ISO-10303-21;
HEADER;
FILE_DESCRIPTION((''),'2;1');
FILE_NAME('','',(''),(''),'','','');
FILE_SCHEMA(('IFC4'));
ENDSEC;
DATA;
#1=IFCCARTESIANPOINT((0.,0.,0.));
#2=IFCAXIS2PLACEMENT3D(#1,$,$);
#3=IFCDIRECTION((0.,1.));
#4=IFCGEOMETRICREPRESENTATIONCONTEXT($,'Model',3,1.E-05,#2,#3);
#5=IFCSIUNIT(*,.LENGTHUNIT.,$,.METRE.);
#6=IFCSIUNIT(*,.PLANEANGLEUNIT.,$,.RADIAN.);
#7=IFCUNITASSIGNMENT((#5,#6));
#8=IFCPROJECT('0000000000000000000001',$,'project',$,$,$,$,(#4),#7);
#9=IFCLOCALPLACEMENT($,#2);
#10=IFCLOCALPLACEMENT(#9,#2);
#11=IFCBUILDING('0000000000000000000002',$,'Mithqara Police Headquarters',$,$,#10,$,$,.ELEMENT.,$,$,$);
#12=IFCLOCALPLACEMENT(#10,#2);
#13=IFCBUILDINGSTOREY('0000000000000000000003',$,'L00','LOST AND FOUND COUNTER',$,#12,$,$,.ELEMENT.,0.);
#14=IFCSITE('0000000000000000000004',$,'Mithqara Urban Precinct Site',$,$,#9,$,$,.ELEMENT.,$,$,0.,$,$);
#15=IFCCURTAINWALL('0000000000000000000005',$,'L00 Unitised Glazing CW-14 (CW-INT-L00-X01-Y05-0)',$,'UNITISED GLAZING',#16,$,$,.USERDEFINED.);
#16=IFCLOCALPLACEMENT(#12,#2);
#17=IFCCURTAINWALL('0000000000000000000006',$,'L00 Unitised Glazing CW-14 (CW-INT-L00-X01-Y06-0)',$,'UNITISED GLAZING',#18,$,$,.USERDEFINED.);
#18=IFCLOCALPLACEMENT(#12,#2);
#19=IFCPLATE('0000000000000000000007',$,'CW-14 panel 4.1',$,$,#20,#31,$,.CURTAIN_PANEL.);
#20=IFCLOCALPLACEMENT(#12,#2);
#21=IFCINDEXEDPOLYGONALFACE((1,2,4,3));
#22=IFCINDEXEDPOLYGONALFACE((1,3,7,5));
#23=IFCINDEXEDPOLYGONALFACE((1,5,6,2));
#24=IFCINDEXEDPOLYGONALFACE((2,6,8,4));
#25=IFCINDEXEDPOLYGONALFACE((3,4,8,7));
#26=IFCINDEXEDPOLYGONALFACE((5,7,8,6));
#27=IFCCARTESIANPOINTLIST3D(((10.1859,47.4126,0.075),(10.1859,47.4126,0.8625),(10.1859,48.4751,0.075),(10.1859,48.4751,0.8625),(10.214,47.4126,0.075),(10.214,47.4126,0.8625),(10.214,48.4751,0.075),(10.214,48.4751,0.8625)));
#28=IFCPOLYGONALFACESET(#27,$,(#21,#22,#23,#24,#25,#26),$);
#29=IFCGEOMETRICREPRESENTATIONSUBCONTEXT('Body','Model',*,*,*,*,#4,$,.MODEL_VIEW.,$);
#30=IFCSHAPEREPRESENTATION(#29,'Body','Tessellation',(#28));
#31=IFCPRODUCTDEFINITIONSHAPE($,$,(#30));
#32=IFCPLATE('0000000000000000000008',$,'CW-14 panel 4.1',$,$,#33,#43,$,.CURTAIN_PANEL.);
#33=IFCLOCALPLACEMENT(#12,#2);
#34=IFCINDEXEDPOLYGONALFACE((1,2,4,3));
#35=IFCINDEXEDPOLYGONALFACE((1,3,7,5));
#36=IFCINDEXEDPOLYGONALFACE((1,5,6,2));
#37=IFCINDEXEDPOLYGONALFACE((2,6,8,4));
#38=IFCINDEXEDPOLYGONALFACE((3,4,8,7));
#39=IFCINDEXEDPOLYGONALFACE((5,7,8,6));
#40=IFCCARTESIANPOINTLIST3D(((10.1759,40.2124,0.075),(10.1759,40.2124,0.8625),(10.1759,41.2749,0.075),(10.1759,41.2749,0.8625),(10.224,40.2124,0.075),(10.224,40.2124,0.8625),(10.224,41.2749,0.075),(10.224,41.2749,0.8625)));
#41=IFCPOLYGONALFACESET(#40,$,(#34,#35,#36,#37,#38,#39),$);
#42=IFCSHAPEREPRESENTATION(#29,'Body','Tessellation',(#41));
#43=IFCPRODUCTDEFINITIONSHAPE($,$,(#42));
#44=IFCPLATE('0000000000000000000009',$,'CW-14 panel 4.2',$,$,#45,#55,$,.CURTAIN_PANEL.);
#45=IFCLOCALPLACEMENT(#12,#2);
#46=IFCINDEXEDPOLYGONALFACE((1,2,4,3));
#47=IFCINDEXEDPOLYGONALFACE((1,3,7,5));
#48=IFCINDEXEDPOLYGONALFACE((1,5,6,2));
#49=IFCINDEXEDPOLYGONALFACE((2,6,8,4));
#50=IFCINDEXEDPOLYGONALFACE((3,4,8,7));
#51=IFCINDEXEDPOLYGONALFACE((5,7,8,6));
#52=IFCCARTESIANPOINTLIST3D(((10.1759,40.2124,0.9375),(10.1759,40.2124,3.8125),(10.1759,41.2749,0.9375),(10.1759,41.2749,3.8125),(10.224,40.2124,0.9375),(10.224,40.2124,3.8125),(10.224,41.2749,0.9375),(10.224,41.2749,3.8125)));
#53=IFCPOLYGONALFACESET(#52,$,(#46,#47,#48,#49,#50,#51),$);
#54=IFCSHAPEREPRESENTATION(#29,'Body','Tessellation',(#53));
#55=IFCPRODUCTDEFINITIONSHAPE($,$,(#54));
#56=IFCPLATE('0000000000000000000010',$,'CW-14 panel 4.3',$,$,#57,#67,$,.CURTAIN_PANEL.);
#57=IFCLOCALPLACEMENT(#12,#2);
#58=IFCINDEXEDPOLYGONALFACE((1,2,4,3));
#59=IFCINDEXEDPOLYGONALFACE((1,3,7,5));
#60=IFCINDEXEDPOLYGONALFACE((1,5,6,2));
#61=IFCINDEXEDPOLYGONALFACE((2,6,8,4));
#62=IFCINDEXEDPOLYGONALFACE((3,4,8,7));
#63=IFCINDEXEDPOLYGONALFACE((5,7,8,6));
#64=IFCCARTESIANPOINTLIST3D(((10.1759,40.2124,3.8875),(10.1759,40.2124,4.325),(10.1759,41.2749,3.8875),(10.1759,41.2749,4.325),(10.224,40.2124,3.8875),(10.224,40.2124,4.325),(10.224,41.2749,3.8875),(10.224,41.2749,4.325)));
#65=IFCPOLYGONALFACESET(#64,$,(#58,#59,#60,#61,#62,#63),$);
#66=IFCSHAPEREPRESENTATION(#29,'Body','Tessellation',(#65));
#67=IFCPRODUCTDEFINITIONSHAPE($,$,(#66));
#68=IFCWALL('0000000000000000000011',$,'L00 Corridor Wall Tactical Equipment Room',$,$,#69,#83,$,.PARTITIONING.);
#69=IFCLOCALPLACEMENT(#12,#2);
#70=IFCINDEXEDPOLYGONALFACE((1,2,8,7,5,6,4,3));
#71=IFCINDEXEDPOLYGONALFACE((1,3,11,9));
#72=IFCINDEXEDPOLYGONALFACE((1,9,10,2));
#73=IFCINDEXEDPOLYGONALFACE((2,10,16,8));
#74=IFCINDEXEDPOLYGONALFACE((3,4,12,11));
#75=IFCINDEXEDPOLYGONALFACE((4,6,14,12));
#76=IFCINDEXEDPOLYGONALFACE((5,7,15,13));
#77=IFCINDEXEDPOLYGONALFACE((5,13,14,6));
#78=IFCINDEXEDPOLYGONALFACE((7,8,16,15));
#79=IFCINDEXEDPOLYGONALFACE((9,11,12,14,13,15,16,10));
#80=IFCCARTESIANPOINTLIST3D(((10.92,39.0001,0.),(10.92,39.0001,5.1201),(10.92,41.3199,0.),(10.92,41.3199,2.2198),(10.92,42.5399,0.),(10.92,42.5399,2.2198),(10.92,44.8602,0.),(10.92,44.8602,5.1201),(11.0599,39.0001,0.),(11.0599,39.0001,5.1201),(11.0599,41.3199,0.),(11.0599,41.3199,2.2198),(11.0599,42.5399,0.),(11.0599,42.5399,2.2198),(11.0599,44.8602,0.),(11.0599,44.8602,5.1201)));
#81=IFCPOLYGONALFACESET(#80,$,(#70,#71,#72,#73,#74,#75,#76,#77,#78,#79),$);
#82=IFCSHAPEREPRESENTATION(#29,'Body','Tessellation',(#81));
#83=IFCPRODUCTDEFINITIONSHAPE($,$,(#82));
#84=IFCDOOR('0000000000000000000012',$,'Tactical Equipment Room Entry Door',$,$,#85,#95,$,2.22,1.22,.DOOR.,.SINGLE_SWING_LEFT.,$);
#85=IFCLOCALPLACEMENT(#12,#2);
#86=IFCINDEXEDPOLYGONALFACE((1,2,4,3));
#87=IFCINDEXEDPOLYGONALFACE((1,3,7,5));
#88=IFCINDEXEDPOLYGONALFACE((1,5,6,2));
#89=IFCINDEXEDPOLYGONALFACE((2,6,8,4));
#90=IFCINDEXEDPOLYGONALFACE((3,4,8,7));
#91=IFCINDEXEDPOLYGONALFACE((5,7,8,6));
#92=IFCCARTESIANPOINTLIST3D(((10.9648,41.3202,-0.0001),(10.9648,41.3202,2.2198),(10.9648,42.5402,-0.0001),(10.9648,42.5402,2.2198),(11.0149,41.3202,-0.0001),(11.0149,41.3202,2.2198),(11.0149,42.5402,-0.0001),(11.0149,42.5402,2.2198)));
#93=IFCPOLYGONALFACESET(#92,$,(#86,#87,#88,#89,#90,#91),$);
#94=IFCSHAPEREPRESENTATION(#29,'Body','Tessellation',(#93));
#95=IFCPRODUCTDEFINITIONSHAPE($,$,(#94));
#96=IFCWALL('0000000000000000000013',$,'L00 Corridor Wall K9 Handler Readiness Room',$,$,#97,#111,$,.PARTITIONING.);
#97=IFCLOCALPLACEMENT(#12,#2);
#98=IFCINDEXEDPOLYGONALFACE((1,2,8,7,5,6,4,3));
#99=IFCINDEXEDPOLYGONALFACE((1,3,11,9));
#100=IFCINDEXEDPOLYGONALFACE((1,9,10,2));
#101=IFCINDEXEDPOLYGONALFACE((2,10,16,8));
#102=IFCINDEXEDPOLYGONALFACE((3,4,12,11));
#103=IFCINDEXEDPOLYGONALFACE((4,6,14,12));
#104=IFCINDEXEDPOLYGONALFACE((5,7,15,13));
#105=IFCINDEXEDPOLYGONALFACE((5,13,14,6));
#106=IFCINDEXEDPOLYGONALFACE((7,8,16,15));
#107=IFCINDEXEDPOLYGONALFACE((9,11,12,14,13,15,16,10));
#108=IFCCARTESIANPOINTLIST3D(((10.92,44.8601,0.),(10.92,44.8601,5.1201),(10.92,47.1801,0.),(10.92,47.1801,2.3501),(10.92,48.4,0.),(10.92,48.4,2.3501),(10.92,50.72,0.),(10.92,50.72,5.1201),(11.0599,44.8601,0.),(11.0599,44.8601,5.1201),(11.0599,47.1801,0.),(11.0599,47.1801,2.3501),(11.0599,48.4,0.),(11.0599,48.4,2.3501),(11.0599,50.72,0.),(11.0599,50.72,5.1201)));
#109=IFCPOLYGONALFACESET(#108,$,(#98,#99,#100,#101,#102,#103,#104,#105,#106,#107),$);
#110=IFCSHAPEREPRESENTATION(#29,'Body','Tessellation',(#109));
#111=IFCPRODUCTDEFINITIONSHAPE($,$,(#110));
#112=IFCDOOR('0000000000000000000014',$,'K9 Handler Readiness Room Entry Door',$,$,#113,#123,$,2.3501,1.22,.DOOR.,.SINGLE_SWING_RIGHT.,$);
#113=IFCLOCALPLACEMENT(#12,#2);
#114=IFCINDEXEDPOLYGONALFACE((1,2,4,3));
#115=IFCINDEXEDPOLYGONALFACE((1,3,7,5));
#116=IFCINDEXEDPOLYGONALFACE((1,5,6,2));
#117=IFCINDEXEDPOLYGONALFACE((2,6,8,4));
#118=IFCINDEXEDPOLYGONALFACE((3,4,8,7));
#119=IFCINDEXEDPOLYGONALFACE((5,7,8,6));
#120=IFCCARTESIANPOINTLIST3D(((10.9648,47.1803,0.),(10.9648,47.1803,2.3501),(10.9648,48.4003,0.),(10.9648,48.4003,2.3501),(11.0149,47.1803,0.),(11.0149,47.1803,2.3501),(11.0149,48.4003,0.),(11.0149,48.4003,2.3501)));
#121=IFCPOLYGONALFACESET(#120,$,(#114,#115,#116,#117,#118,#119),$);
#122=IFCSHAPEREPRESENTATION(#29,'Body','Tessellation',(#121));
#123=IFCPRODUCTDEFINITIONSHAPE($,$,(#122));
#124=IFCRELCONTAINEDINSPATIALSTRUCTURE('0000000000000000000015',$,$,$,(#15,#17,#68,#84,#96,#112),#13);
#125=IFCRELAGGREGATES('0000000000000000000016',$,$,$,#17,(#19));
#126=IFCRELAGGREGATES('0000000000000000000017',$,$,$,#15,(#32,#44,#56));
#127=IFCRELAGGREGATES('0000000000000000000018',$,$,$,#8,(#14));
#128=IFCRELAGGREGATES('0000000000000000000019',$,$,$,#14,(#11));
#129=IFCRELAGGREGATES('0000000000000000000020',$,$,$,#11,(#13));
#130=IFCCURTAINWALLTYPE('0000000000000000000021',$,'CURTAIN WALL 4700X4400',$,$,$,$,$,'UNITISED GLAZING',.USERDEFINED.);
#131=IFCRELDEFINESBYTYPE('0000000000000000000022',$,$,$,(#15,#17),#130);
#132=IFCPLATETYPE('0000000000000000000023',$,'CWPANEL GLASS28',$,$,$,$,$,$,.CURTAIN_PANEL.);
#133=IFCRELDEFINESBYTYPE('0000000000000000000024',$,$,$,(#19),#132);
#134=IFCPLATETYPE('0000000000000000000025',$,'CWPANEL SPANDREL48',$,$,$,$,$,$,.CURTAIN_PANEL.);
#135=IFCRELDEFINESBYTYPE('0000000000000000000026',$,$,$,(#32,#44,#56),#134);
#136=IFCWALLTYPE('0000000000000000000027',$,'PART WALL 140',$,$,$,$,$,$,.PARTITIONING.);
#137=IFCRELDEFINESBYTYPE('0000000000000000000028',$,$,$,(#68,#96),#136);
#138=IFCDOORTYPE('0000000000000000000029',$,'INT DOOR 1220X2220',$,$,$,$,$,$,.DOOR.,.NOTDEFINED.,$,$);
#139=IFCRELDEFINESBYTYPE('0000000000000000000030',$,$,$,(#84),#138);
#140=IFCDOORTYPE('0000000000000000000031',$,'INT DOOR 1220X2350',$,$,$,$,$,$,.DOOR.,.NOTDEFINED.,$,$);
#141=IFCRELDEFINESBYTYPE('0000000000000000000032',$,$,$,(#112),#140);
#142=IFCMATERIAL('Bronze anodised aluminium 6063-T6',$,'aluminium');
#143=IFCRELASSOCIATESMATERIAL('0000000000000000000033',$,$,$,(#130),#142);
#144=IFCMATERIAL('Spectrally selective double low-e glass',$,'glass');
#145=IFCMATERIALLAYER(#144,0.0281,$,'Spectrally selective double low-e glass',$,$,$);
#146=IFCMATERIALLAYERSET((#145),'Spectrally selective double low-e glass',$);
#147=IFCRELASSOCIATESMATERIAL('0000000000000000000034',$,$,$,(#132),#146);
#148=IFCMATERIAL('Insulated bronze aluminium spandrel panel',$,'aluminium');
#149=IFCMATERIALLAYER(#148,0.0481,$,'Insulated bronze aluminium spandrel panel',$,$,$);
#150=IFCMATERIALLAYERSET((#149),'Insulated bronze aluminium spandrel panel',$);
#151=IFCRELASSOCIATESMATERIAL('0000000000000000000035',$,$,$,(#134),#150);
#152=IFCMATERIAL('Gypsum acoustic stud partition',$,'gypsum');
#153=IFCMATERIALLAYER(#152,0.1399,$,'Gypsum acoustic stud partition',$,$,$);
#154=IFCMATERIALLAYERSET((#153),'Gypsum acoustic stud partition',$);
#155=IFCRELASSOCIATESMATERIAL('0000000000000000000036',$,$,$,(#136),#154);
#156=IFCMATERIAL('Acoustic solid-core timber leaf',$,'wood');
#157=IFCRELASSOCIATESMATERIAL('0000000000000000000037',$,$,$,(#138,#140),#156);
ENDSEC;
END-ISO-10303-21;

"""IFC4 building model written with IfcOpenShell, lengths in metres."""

from ifc_helpers import new_model, si_unit, direction, frame, frame_2d, origin, origin_2d, place, context, subcontext, project, spatial, rectangle, extrude, material, layer, layer_set, type_object, element, fill, aggregate, save


model = new_model("IFC4")

# Units and contexts
model_context = context("Model", 3, precision=1e-05, world=origin(), true_north=direction((0.0, 1.0)))
body_context = subcontext(model_context, "Body", "Model", "MODEL_VIEW")
ifc_project = project(units=[si_unit("LENGTHUNIT", "METRE"), si_unit("PLANEANGLEUNIT", "RADIAN")], contexts=[model_context])

# Site, building, storey
site_placement = place(None, origin())
site = spatial("IfcSite", under=ifc_project, at=site_placement, Name="Mithqara Urban Precinct Site", CompositionType="ELEMENT", RefElevation=0.0)
building_placement = place(site_placement, origin())
building = spatial("IfcBuilding", under=site, at=building_placement, Name="Mithqara Police Headquarters", CompositionType="ELEMENT")
storey_placement = place(building_placement, origin())
storey = spatial("IfcBuildingStorey", under=building, at=storey_placement, Name="L00", Description="LOST AND FOUND COUNTER", CompositionType="ELEMENT", Elevation=0.0)

# Curtain wall
ifc_material_1 = material(Name="Bronze anodised aluminium 6063-T6", Category="aluminium")
curtain_wall_type = type_object("IfcCurtainWallType", Name="CURTAIN WALL 4700X4400", ElementType="UNITISED GLAZING", PredefinedType="USERDEFINED", material=ifc_material_1)
curtain_wall_1_placement = place(storey_placement, origin())
curtain_wall_1 = element("IfcCurtainWall", 1, at=curtain_wall_1_placement, inside=storey, type_object=curtain_wall_type, Name="L00 Unitised Glazing CW-14 (CW-INT-L00-X01-Y05-0)", ObjectType="UNITISED GLAZING", PredefinedType="USERDEFINED")

# Curtain wall, plate
curtain_wall_2_placement = place(storey_placement, origin())
curtain_wall_2 = element("IfcCurtainWall", 2, at=curtain_wall_2_placement, inside=storey, type_object=curtain_wall_type, Name="L00 Unitised Glazing CW-14 (CW-INT-L00-X01-Y06-0)", ObjectType="UNITISED GLAZING", PredefinedType="USERDEFINED")
ifc_material_2 = material(Name="Spectrally selective double low-e glass", Category="glass")
ifc_layer_1 = layer(ifc_material_2, 0.0281, Name="Spectrally selective double low-e glass")
ifc_layer_set_1 = layer_set([ifc_layer_1], Name="Spectrally selective double low-e glass")
plate_type_1 = type_object("IfcPlateType", Name="CWPANEL GLASS28", PredefinedType="CURTAIN_PANEL", material=ifc_layer_set_1)
plate_1_placement = place(storey_placement, frame((10.2, 47.9438, 0.075), z_axis=(0.0, 0.0, 1.0), x_axis=(0.0, 1.0, 0.0)))
plate_1 = element("IfcPlate", 3, at=plate_1_placement, type_object=plate_type_1, Name="CW-14 panel 4.1", PredefinedType="CURTAIN_PANEL", context=body_context, shape_type="SweptSolid", body=[
    extrude(rectangle(XDim=1.0625, YDim=0.0281, at=origin_2d()), origin(), (0.0, 0.0, 1.0), 0.7876),
])
aggregate(curtain_wall_2, [plate_1])

# Plates
ifc_material_3 = material(Name="Insulated bronze aluminium spandrel panel", Category="aluminium")
ifc_layer_2 = layer(ifc_material_3, 0.0481, Name="Insulated bronze aluminium spandrel panel")
ifc_layer_set_2 = layer_set([ifc_layer_2], Name="Insulated bronze aluminium spandrel panel")
plate_type_2 = type_object("IfcPlateType", Name="CWPANEL SPANDREL48", PredefinedType="CURTAIN_PANEL", material=ifc_layer_set_2)
plate_2_placement = place(storey_placement, frame((10.2, 40.7437, 0.075), z_axis=(0.0, 0.0, 1.0), x_axis=(0.0, 1.0, 0.0)))
plate_2 = element("IfcPlate", 4, at=plate_2_placement, type_object=plate_type_2, Name="CW-14 panel 4.1", PredefinedType="CURTAIN_PANEL", context=body_context, shape_type="SweptSolid", body=[
    extrude(rectangle(XDim=1.0625, YDim=0.0481, at=origin_2d()), origin(), (0.0, 0.0, 1.0), 0.7876),
])
plate_3_placement = place(storey_placement, frame((10.2, 40.7437, 0.9375), z_axis=(0.0, 0.0, 1.0), x_axis=(0.0, 1.0, 0.0)))
plate_3 = element("IfcPlate", 5, at=plate_3_placement, type_object=plate_type_2, Name="CW-14 panel 4.2", PredefinedType="CURTAIN_PANEL", context=body_context, shape_type="SweptSolid", body=[
    extrude(rectangle(XDim=1.0625, YDim=0.0481, at=origin_2d()), origin(), (0.0, 0.0, 1.0), 2.875),
])
plate_4_placement = place(storey_placement, frame((10.2, 40.7437, 3.8875), z_axis=(0.0, 0.0, 1.0), x_axis=(0.0, 1.0, 0.0)))
plate_4 = element("IfcPlate", 6, at=plate_4_placement, type_object=plate_type_2, Name="CW-14 panel 4.3", PredefinedType="CURTAIN_PANEL", context=body_context, shape_type="SweptSolid", body=[
    extrude(rectangle(XDim=1.0625, YDim=0.0481, at=origin_2d()), origin(), (0.0, 0.0, 1.0), 0.4375),
])
aggregate(curtain_wall_1, [plate_2, plate_3, plate_4])

# Walls, openings, doors
ifc_material_4 = material(Name="Gypsum acoustic stud partition", Category="gypsum")
ifc_layer_3 = layer(ifc_material_4, 0.1399, Name="Gypsum acoustic stud partition")
ifc_layer_set_3 = layer_set([ifc_layer_3], Name="Gypsum acoustic stud partition")
wall_type = type_object("IfcWallType", Name="PART WALL 140", PredefinedType="PARTITIONING", material=ifc_layer_set_3)
wall_1_placement = place(storey_placement, frame((10.99, 39.0, 0.0), z_axis=(0.0, 0.0, 1.0), x_axis=(0.0, 1.0, 0.0)))
wall_1 = element("IfcWall", 7, at=wall_1_placement, inside=storey, type_object=wall_type, Name="L00 Corridor Wall Tactical Equipment Room", PredefinedType="PARTITIONING", context=body_context, shape_type="SweptSolid", body=[
    extrude(rectangle(XDim=5.8601, YDim=0.1399, at=frame_2d((2.9302, 0.0))), origin(), (0.0, 0.0, 1.0), 5.1201),
])
opening_1_placement = place(wall_1_placement, frame((2.3201, 0.0, 0.0)))
opening_1 = element("IfcOpeningElement", 8, at=opening_1_placement, cuts=wall_1, PredefinedType="OPENING", context=body_context, shape_type="SweptSolid", body=[
    extrude(rectangle(XDim=1.22, YDim=2.22, at=frame_2d((0.6099, 1.1099))), frame((0.0, 0.0801, 0.0), z_axis=(0.0, -1.0, 0.0), x_axis=(1.0, 0.0, 0.0)), (0.0, 0.0, 1.0), 0.1599),
])
ifc_material_5 = material(Name="Acoustic solid-core timber leaf", Category="wood")
door_type_1 = type_object("IfcDoorType", Name="INT DOOR 1220X2220", OperationType="NOTDEFINED", PredefinedType="DOOR", material=ifc_material_5)
door_1_placement = place(opening_1_placement, frame((1.22, 0.0, 0.0), z_axis=(0.0, 0.0, 1.0), x_axis=(-1.0, 0.0, 0.0)))
door_1 = element("IfcDoor", 9, at=door_1_placement, inside=storey, type_object=door_type_1, Name="Tactical Equipment Room Entry Door", OperationType="SINGLE_SWING_LEFT", OverallHeight=2.22, OverallWidth=1.22, PredefinedType="DOOR", context=body_context, shape_type="SweptSolid", body=[
    extrude(rectangle(XDim=1.22, YDim=2.22, at=frame_2d((0.6099, 1.1099))), frame((0.0, 0.0249, 0.0), z_axis=(0.0, -1.0, 0.0), x_axis=(1.0, 0.0, 0.0)), (0.0, 0.0, 1.0), 0.05),
])
fill(opening_1, door_1)
wall_2_placement = place(storey_placement, frame((10.99, 44.8601, 0.0), z_axis=(0.0, 0.0, 1.0), x_axis=(0.0, 1.0, 0.0)))
wall_2 = element("IfcWall", 10, at=wall_2_placement, inside=storey, type_object=wall_type, Name="L00 Corridor Wall K9 Handler Readiness Room", PredefinedType="PARTITIONING", context=body_context, shape_type="SweptSolid", body=[
    extrude(rectangle(XDim=5.8599, YDim=0.1399, at=frame_2d((2.9299, 0.0))), origin(), (0.0, 0.0, 1.0), 5.1201),
])
opening_2_placement = place(wall_2_placement, frame((2.3201, 0.0, 0.0)))
opening_2 = element("IfcOpeningElement", 11, at=opening_2_placement, cuts=wall_2, PredefinedType="OPENING", context=body_context, shape_type="SweptSolid", body=[
    extrude(rectangle(XDim=1.22, YDim=2.3501, at=frame_2d((0.6099, 1.175))), frame((0.0, 0.0801, 0.0), z_axis=(0.0, -1.0, 0.0), x_axis=(1.0, 0.0, 0.0)), (0.0, 0.0, 1.0), 0.1599),
])
door_type_2 = type_object("IfcDoorType", Name="INT DOOR 1220X2350", OperationType="NOTDEFINED", PredefinedType="DOOR", material=ifc_material_5)
door_2_placement = place(opening_2_placement, frame((1.22, 0.0, 0.0), z_axis=(0.0, 0.0, 1.0), x_axis=(-1.0, 0.0, 0.0)))
door_2 = element("IfcDoor", 12, at=door_2_placement, inside=storey, type_object=door_type_2, Name="K9 Handler Readiness Room Entry Door", OperationType="SINGLE_SWING_RIGHT", OverallHeight=2.3501, OverallWidth=1.22, PredefinedType="DOOR", context=body_context, shape_type="SweptSolid", body=[
    extrude(rectangle(XDim=1.22, YDim=2.3501, at=frame_2d((0.6099, 1.175))), frame((0.0, 0.0249, 0.0), z_axis=(0.0, -1.0, 0.0), x_axis=(1.0, 0.0, 0.0)), (0.0, 0.0, 1.0), 0.05),
])
fill(opening_2, door_2)

save(model, "model.ifc")
